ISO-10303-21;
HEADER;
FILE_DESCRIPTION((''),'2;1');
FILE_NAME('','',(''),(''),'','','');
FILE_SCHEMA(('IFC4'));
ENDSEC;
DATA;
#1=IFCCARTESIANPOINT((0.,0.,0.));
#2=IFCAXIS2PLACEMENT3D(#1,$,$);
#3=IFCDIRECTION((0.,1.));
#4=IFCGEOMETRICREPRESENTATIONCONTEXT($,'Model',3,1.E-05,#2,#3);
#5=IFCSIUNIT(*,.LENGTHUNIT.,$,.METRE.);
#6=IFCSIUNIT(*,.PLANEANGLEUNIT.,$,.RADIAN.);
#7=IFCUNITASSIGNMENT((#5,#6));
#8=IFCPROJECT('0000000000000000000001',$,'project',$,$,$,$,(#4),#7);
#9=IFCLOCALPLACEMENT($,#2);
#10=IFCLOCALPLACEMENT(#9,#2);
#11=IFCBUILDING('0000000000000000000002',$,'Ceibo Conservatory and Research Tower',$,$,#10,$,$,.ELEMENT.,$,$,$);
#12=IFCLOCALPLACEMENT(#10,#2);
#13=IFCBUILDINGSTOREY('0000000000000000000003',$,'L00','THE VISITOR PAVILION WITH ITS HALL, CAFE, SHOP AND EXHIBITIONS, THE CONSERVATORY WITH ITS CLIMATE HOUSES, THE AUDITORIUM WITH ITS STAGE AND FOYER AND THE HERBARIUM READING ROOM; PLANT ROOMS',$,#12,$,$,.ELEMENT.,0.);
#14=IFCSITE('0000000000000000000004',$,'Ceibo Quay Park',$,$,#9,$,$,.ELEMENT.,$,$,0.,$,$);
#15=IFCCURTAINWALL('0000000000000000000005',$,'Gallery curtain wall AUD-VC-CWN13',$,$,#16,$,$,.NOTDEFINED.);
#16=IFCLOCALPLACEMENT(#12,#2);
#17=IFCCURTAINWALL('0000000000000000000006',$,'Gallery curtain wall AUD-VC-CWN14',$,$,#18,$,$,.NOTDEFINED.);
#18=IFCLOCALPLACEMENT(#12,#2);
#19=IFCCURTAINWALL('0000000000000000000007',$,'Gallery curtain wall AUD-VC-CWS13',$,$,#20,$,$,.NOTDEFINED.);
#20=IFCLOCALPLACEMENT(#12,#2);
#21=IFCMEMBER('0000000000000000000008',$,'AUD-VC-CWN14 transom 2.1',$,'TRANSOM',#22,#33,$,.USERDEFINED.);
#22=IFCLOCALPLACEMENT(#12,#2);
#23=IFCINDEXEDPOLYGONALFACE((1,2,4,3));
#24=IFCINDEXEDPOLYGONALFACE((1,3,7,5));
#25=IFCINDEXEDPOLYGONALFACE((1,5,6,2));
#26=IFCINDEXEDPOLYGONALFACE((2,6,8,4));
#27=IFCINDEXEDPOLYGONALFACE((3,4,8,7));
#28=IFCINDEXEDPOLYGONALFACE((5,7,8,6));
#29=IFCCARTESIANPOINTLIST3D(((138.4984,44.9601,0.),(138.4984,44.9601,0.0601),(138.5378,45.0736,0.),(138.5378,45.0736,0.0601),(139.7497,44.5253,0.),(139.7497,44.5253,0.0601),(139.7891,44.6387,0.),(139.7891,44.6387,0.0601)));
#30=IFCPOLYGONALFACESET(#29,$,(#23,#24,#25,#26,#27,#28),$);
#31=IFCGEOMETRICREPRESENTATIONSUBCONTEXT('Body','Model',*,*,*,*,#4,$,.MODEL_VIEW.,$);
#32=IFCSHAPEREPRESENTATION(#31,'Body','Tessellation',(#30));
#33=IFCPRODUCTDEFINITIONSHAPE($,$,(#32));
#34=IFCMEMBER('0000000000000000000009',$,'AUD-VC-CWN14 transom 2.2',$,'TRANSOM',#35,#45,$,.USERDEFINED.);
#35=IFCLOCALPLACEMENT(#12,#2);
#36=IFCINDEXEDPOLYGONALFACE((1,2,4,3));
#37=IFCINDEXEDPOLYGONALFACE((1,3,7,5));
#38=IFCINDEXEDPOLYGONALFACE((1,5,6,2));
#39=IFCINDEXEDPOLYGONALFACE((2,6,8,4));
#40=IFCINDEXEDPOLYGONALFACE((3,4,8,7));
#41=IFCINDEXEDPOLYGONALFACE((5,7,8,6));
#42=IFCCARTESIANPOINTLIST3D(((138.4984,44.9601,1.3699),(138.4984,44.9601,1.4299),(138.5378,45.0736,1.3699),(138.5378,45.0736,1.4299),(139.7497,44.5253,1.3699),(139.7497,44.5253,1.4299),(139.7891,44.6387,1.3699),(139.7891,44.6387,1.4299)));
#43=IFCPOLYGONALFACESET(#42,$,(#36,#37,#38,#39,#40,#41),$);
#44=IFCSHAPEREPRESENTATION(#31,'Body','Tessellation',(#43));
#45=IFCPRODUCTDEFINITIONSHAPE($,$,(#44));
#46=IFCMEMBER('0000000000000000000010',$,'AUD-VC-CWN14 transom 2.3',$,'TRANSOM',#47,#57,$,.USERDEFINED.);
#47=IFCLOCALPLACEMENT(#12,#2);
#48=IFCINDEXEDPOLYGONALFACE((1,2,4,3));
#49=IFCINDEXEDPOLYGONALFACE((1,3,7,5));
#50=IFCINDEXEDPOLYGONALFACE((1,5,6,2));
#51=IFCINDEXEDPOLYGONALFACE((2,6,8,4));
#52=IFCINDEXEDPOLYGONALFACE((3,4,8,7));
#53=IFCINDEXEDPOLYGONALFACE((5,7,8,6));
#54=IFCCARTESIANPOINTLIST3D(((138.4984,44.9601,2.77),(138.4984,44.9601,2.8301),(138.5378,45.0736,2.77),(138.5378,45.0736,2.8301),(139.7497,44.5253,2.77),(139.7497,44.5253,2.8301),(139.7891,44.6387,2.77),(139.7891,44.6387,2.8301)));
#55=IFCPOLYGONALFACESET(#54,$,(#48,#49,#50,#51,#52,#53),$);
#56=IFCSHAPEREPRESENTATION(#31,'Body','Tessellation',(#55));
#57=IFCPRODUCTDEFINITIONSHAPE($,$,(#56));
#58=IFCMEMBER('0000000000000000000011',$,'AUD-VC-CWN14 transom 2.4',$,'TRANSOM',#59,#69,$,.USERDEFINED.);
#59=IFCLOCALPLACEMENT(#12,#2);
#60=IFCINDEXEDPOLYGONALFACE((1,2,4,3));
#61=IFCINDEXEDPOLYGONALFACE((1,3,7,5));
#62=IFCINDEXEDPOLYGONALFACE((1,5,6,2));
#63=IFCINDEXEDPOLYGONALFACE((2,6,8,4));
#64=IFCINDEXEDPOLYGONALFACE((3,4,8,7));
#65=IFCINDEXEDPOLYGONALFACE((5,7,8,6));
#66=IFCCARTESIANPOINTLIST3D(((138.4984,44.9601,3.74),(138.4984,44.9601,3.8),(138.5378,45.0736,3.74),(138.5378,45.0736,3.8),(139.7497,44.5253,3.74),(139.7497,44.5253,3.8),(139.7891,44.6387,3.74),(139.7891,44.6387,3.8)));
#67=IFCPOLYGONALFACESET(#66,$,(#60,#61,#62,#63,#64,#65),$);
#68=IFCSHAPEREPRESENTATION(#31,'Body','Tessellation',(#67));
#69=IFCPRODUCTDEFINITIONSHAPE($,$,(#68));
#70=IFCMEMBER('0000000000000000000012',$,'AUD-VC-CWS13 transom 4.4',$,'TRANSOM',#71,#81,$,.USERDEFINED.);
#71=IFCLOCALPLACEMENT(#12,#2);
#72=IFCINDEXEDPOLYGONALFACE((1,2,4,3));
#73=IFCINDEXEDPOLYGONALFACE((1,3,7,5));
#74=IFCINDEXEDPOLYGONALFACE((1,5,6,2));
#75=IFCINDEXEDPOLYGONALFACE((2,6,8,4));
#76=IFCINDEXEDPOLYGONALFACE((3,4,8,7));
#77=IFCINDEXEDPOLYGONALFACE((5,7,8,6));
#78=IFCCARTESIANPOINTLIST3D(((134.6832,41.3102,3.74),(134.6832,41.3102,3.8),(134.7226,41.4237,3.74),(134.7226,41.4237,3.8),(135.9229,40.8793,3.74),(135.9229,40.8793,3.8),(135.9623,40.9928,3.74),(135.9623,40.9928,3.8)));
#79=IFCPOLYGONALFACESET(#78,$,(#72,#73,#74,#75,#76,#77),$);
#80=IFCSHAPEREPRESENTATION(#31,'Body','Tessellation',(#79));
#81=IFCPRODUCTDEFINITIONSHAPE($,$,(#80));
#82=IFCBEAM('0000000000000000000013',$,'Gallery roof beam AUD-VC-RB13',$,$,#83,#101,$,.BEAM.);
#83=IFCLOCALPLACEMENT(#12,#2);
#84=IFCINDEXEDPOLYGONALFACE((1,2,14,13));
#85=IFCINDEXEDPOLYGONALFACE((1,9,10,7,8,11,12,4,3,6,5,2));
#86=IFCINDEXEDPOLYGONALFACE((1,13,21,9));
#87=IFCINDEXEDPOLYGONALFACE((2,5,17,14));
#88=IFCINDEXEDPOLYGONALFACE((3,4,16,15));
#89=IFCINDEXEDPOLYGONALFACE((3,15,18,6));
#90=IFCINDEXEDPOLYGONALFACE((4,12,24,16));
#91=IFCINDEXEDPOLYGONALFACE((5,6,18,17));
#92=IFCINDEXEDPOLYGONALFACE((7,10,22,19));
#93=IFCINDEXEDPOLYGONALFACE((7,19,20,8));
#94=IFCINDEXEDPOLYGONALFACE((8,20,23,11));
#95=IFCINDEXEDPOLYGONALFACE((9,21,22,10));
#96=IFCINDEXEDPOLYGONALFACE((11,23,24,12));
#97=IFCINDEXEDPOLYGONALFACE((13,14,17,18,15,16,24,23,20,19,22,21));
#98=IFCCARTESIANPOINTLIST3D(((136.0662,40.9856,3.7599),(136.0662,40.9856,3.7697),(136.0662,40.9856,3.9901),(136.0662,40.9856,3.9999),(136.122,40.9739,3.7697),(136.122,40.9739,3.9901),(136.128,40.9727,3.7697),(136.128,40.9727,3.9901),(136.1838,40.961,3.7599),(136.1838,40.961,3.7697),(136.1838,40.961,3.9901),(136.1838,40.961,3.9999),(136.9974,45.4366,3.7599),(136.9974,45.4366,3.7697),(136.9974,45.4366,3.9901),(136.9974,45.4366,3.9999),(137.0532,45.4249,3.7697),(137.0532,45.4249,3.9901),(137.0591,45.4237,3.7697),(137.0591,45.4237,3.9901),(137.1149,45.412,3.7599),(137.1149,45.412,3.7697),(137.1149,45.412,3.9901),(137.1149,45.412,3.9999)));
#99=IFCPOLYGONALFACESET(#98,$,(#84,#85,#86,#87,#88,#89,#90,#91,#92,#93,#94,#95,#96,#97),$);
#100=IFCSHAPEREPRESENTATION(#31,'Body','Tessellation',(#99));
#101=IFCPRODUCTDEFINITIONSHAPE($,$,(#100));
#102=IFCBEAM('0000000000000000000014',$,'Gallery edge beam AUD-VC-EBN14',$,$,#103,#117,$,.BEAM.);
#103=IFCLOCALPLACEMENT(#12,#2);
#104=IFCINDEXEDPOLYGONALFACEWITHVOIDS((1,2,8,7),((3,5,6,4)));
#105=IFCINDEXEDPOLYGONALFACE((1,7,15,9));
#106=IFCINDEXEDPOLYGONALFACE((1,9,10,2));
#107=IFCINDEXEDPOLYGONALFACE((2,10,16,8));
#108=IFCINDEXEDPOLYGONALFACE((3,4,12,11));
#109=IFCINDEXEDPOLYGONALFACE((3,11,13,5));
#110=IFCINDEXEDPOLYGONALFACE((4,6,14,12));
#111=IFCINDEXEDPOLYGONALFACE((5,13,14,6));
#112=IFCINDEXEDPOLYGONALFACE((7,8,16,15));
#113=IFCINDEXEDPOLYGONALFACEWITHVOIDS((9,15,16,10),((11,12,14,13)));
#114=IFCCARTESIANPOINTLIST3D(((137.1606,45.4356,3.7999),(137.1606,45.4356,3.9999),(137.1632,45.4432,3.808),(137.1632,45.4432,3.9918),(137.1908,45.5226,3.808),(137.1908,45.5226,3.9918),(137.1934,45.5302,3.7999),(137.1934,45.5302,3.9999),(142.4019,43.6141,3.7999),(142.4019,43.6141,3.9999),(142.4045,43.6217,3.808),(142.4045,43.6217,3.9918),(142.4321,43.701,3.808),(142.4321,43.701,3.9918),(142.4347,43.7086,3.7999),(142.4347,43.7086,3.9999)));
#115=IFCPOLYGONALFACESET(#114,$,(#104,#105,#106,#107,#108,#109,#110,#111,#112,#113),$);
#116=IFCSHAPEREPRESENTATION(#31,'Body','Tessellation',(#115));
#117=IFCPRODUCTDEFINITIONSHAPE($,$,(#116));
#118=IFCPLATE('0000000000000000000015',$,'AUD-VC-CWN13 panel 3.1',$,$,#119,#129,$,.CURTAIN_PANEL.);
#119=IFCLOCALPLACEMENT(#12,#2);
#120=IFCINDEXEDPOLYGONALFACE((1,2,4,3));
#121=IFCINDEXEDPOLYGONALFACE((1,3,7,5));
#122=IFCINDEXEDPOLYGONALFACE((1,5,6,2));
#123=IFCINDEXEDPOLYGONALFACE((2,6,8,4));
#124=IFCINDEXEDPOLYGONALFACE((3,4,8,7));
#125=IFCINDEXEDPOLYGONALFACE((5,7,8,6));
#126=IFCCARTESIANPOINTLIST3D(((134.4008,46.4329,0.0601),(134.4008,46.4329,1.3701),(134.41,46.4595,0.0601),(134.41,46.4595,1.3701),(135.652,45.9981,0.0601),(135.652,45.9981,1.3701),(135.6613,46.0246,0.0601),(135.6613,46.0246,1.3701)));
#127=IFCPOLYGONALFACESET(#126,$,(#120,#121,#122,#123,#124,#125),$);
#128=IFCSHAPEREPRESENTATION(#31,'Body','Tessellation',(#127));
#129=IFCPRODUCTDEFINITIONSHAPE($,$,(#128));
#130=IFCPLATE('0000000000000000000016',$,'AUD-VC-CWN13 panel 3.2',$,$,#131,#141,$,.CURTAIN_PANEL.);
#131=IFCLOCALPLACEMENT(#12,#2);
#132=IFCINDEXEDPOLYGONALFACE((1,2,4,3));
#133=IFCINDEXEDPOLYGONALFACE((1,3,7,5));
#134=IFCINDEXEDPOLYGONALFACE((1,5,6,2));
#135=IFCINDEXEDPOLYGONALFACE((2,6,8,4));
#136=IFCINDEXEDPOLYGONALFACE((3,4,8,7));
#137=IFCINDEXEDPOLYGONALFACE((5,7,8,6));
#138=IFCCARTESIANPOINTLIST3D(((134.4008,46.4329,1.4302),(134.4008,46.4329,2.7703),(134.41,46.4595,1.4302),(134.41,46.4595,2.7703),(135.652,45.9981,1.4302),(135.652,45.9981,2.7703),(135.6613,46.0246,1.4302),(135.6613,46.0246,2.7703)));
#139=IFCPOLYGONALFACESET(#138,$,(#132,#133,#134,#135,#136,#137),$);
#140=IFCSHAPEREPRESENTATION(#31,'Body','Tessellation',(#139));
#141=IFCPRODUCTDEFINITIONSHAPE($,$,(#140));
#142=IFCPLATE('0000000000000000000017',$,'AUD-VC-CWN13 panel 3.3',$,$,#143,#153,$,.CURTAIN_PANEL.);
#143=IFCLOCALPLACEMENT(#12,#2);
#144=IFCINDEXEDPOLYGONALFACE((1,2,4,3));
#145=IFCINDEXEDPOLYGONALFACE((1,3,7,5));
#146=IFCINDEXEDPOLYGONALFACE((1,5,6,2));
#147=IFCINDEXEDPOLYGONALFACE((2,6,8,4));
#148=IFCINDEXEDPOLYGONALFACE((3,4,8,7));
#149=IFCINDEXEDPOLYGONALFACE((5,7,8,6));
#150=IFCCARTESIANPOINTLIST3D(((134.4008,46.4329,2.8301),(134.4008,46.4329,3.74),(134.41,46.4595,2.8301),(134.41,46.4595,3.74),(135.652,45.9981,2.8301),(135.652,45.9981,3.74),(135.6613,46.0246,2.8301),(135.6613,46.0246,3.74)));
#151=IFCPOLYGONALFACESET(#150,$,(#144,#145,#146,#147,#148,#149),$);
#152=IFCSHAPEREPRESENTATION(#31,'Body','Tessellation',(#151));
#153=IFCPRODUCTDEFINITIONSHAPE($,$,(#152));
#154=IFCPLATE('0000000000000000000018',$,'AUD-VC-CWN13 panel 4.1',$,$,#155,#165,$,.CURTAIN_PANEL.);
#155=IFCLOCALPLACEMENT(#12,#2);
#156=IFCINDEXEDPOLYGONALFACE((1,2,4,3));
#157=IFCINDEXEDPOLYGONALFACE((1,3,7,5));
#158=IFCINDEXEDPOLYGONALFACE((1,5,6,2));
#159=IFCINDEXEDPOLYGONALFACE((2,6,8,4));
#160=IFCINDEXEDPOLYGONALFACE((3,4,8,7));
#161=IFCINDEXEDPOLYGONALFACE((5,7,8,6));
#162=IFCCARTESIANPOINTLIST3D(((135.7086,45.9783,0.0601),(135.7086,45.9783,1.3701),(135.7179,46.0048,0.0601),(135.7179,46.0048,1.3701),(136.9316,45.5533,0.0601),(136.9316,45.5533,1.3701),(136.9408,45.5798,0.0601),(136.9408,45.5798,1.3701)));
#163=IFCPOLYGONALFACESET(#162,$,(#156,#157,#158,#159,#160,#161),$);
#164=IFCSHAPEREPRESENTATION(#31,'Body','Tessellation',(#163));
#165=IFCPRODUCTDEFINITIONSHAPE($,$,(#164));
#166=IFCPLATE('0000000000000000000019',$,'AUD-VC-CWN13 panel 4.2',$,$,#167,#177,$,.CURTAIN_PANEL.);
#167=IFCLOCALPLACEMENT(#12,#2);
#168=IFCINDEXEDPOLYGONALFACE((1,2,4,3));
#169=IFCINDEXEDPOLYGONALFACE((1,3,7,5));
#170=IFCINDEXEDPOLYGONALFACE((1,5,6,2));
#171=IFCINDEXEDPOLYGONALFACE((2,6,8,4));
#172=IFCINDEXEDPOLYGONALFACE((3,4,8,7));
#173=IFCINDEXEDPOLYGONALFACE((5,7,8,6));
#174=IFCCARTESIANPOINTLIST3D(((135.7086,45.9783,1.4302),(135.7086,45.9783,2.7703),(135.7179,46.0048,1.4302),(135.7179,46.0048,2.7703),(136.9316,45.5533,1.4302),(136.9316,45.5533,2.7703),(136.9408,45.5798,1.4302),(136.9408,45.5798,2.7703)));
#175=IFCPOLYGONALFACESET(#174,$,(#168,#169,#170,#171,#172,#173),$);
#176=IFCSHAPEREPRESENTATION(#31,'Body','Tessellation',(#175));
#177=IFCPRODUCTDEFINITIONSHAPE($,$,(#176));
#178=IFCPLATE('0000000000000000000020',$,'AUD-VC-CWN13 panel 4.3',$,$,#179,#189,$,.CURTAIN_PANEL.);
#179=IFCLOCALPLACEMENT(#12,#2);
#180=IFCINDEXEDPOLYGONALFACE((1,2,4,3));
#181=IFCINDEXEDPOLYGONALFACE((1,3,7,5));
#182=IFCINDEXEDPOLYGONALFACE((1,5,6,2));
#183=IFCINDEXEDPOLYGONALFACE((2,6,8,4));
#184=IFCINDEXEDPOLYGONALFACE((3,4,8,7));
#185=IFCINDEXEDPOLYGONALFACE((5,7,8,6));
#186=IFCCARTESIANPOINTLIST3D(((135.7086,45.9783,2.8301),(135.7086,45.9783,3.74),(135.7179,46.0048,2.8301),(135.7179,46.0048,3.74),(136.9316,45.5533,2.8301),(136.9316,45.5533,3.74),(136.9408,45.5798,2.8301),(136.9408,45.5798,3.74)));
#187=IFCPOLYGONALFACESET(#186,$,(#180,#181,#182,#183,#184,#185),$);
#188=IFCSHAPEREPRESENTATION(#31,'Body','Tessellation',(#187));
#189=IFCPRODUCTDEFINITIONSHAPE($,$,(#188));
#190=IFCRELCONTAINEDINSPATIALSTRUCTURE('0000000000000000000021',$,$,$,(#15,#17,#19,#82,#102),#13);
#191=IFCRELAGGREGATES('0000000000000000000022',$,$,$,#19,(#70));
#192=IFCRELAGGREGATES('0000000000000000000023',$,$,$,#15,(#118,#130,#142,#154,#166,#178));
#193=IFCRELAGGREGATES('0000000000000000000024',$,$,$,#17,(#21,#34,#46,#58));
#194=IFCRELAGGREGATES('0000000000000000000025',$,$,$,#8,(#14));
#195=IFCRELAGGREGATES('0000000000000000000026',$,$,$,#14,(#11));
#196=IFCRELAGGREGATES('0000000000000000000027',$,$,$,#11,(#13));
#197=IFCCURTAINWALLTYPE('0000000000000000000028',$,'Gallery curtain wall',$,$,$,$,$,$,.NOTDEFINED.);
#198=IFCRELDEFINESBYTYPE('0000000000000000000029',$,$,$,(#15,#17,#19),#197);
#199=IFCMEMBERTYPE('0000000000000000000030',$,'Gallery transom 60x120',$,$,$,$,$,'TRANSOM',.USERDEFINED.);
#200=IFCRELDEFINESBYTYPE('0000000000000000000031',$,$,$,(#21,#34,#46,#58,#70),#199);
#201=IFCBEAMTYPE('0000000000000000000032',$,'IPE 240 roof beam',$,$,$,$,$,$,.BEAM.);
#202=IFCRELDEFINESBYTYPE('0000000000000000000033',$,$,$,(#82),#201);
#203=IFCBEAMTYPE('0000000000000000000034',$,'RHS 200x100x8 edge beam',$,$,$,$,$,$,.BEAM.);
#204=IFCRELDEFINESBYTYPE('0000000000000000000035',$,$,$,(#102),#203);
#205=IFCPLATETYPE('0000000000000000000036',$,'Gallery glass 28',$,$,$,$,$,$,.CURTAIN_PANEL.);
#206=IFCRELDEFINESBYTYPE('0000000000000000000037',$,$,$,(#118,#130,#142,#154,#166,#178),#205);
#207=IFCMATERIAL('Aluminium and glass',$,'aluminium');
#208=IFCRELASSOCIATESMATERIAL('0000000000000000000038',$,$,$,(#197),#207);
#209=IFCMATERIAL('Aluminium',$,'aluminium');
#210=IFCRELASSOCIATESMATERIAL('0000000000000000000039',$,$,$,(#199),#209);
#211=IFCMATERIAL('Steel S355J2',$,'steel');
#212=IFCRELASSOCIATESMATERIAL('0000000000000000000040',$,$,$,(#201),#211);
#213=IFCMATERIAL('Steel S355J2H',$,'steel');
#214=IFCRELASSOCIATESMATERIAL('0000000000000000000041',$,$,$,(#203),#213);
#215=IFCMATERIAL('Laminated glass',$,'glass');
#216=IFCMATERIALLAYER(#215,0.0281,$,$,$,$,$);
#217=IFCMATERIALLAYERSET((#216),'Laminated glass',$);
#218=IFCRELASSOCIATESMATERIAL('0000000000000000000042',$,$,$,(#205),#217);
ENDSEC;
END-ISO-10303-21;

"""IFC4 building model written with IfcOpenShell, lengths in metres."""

from ifc_helpers import new_model, si_unit, direction, frame, origin, origin_2d, place, context, subcontext, project, spatial, rectangle, hollow_rectangle, i_section, extrude, material, layer, layer_set, material_profile, profile_set, type_object, element, aggregate, save


model = new_model("IFC4")

# Units and contexts
model_context = context("Model", 3, precision=1e-05, world=origin(), true_north=direction((0.0, 1.0)))
body_context = subcontext(model_context, "Body", "Model", "MODEL_VIEW")
ifc_project = project(units=[si_unit("LENGTHUNIT", "METRE"), si_unit("PLANEANGLEUNIT", "RADIAN")], contexts=[model_context])

# Site, building, storey
site_placement = place(None, origin())
site = spatial("IfcSite", under=ifc_project, at=site_placement, Name="Ceibo Quay Park", CompositionType="ELEMENT", RefElevation=0.0)
building_placement = place(site_placement, origin())
building = spatial("IfcBuilding", under=site, at=building_placement, Name="Ceibo Conservatory and Research Tower", CompositionType="ELEMENT")
storey_placement = place(building_placement, origin())
storey = spatial("IfcBuildingStorey", under=building, at=storey_placement, Name="L00", Description="THE VISITOR PAVILION WITH ITS HALL, CAFE, SHOP AND EXHIBITIONS, THE CONSERVATORY WITH ITS CLIMATE HOUSES, THE AUDITORIUM WITH ITS STAGE AND FOYER AND THE HERBARIUM READING ROOM; PLANT ROOMS", CompositionType="ELEMENT", Elevation=0.0)

# Shared definitions
ifc_material_1 = material(Name="Steel S355J2H", Category="steel")

# Curtain walls
ifc_material_2 = material(Name="Aluminium and glass", Category="aluminium")
curtain_wall_type = type_object("IfcCurtainWallType", Name="Gallery curtain wall", PredefinedType="NOTDEFINED", material=ifc_material_2)
curtain_wall_1_placement = place(storey_placement, origin())
curtain_wall_1 = element("IfcCurtainWall", 1, at=curtain_wall_1_placement, inside=storey, type_object=curtain_wall_type, Name="Gallery curtain wall AUD-VC-CWN13", PredefinedType="NOTDEFINED")
ifc_material_3 = material(Name="Aluminium", Category="aluminium")
curtain_wall_2_placement = place(storey_placement, origin())
curtain_wall_2 = element("IfcCurtainWall", 2, at=curtain_wall_2_placement, inside=storey, type_object=curtain_wall_type, Name="Gallery curtain wall AUD-VC-CWN14", PredefinedType="NOTDEFINED")

# Curtain wall
curtain_wall_3_placement = place(storey_placement, origin())
curtain_wall_3 = element("IfcCurtainWall", 3, at=curtain_wall_3_placement, inside=storey, type_object=curtain_wall_type, Name="Gallery curtain wall AUD-VC-CWS13", PredefinedType="NOTDEFINED")

# Members
ifc_material_profile_1 = material_profile(ifc_material_3, rectangle(XDim=0.1201, YDim=0.0601, at=origin_2d()), Name="AL 60x120")
ifc_profile_set_1 = profile_set([ifc_material_profile_1], Name="Aluminium")
member_type_1 = type_object("IfcMemberType", Name="Gallery transom 60x120", ElementType="TRANSOM", PredefinedType="USERDEFINED", material=ifc_profile_set_1)
member_1_placement = place(storey_placement, frame((138.5181, 45.0168, 0.03), z_axis=(0.944589, -0.328256, 0.0), x_axis=(0.328256, 0.944589, 0.0)))
member_1 = element("IfcMember", 4, at=member_1_placement, type_object=member_type_1, Name="AUD-VC-CWN14 transom 2.1", ObjectType="TRANSOM", PredefinedType="USERDEFINED", context=body_context, shape_type="SweptSolid", body=[
    extrude(rectangle(XDim=0.1201, YDim=0.0601, at=origin_2d()), origin(), (0.0, 0.0, 1.0), 1.3247),
])
member_2_placement = place(storey_placement, frame((138.5181, 45.0168, 1.3999), z_axis=(0.944589, -0.328256, 0.0), x_axis=(0.328256, 0.944589, 0.0)))
member_2 = element("IfcMember", 5, at=member_2_placement, type_object=member_type_1, Name="AUD-VC-CWN14 transom 2.2", ObjectType="TRANSOM", PredefinedType="USERDEFINED", context=body_context, shape_type="SweptSolid", body=[
    extrude(rectangle(XDim=0.1201, YDim=0.0601, at=origin_2d()), origin(), (0.0, 0.0, 1.0), 1.3247),
])
member_3_placement = place(storey_placement, frame((138.5181, 45.0168, 2.8), z_axis=(0.944589, -0.328256, 0.0), x_axis=(0.328256, 0.944589, 0.0)))
member_3 = element("IfcMember", 6, at=member_3_placement, type_object=member_type_1, Name="AUD-VC-CWN14 transom 2.3", ObjectType="TRANSOM", PredefinedType="USERDEFINED", context=body_context, shape_type="SweptSolid", body=[
    extrude(rectangle(XDim=0.1201, YDim=0.0601, at=origin_2d()), origin(), (0.0, 0.0, 1.0), 1.3247),
])
member_4_placement = place(storey_placement, frame((138.5181, 45.0168, 3.77), z_axis=(0.944589, -0.328256, 0.0), x_axis=(0.328256, 0.944589, 0.0)))
member_4 = element("IfcMember", 7, at=member_4_placement, type_object=member_type_1, Name="AUD-VC-CWN14 transom 2.4", ObjectType="TRANSOM", PredefinedType="USERDEFINED", context=body_context, shape_type="SweptSolid", body=[
    extrude(rectangle(XDim=0.1201, YDim=0.0601, at=origin_2d()), origin(), (0.0, 0.0, 1.0), 1.3247),
])
member_5_placement = place(storey_placement, frame((134.7029, 41.3669, 3.77), z_axis=(0.94457, -0.328311, 0.0), x_axis=(0.328311, 0.94457, 0.0)))
member_5 = element("IfcMember", 8, at=member_5_placement, type_object=member_type_1, Name="AUD-VC-CWS13 transom 4.4", ObjectType="TRANSOM", PredefinedType="USERDEFINED", context=body_context, shape_type="SweptSolid", body=[
    extrude(rectangle(XDim=0.1201, YDim=0.0601, at=origin_2d()), origin(), (0.0, 0.0, 1.0), 1.3125),
])
aggregate(curtain_wall_3, [member_5])

# Beams
ifc_material_4 = material(Name="Steel S355J2", Category="steel")
ifc_material_profile_2 = material_profile(ifc_material_4, i_section(OverallWidth=0.1201, OverallDepth=0.24, WebThickness=0.0061, FlangeThickness=0.0098, at=origin_2d()), Name="IPE 240")
ifc_profile_set_2 = profile_set([ifc_material_profile_2], Name="Steel S355J2")
beam_type_1 = type_object("IfcBeamType", Name="IPE 240 roof beam", PredefinedType="BEAM", material=ifc_profile_set_2)
beam_1_placement = place(storey_placement, frame((137.0562, 45.4243, 3.8799), z_axis=(-0.204771, -0.97881, 0.0), x_axis=(0.97881, -0.204771, 0.0)))
element("IfcBeam", 9, at=beam_1_placement, inside=storey, type_object=beam_type_1, Name="Gallery roof beam AUD-VC-RB13", PredefinedType="BEAM", context=body_context, shape_type="SweptSolid", body=[
    extrude(i_section(OverallWidth=0.1201, OverallDepth=0.24, WebThickness=0.0061, FlangeThickness=0.0098, at=origin_2d()), origin(), (0.0, 0.0, 1.0), 4.5474),
])
ifc_material_profile_3 = material_profile(ifc_material_1, hollow_rectangle(XDim=0.1001, YDim=0.2, WallThickness=0.0081, at=origin_2d()), Name="RHS 200x100x8 edge beam")
ifc_profile_set_3 = profile_set([ifc_material_profile_3], Name="Steel S355J2H")
beam_type_2 = type_object("IfcBeamType", Name="RHS 200x100x8 edge beam", PredefinedType="BEAM", material=ifc_profile_set_3)
beam_2_placement = place(storey_placement, frame((137.177, 45.4829, 3.8999), z_axis=(0.94458, -0.32828, 0.0), x_axis=(0.32828, 0.94458, 0.0)))
element("IfcBeam", 10, at=beam_2_placement, inside=storey, type_object=beam_type_2, Name="Gallery edge beam AUD-VC-EBN14", PredefinedType="BEAM", context=body_context, shape_type="SweptSolid", body=[
    extrude(hollow_rectangle(XDim=0.1001, YDim=0.2, WallThickness=0.0081, at=origin_2d()), origin(), (0.0, 0.0, 1.0), 5.5488),
])

# Plates
ifc_material_5 = material(Name="Laminated glass", Category="glass")
ifc_layer = layer(ifc_material_5, 0.0281)
ifc_layer_set = layer_set([ifc_layer], Name="Laminated glass")
plate_type = type_object("IfcPlateType", Name="Gallery glass 28", PredefinedType="CURTAIN_PANEL", material=ifc_layer_set)
plate_1_placement = place(storey_placement, frame((135.031, 46.2288, 0.0601), z_axis=(0.0, 0.0, 1.0), x_axis=(0.944579, -0.328284, 0.0)))
plate_1 = element("IfcPlate", 11, at=plate_1_placement, type_object=plate_type, Name="AUD-VC-CWN13 panel 3.1", PredefinedType="CURTAIN_PANEL", context=body_context, shape_type="SweptSolid", body=[
    extrude(rectangle(XDim=1.3247, YDim=0.0281, at=origin_2d()), origin(), (0.0, 0.0, 1.0), 1.3101),
])
plate_2_placement = place(storey_placement, frame((135.031, 46.2288, 1.4302), z_axis=(0.0, 0.0, 1.0), x_axis=(0.944579, -0.328284, 0.0)))
plate_2 = element("IfcPlate", 12, at=plate_2_placement, type_object=plate_type, Name="AUD-VC-CWN13 panel 3.2", PredefinedType="CURTAIN_PANEL", context=body_context, shape_type="SweptSolid", body=[
    extrude(rectangle(XDim=1.3247, YDim=0.0281, at=origin_2d()), origin(), (0.0, 0.0, 1.0), 1.3401),
])
plate_3_placement = place(storey_placement, frame((135.031, 46.2288, 2.8301), z_axis=(0.0, 0.0, 1.0), x_axis=(0.944579, -0.328284, 0.0)))
plate_3 = element("IfcPlate", 13, at=plate_3_placement, type_object=plate_type, Name="AUD-VC-CWN13 panel 3.3", PredefinedType="CURTAIN_PANEL", context=body_context, shape_type="SweptSolid", body=[
    extrude(rectangle(XDim=1.3247, YDim=0.0281, at=origin_2d()), origin(), (0.0, 0.0, 1.0), 0.9099),
])
plate_4_placement = place(storey_placement, frame((136.3247, 45.7791, 0.0601), z_axis=(0.0, 0.0, 1.0), x_axis=(0.944579, -0.328284, 0.0)))
plate_4 = element("IfcPlate", 14, at=plate_4_placement, type_object=plate_type, Name="AUD-VC-CWN13 panel 4.1", PredefinedType="CURTAIN_PANEL", context=body_context, shape_type="SweptSolid", body=[
    extrude(rectangle(XDim=1.2947, YDim=0.0281, at=origin_2d()), origin(), (0.0, 0.0, 1.0), 1.3101),
])
plate_5_placement = place(storey_placement, frame((136.3247, 45.7791, 1.4302), z_axis=(0.0, 0.0, 1.0), x_axis=(0.944579, -0.328284, 0.0)))
plate_5 = element("IfcPlate", 15, at=plate_5_placement, type_object=plate_type, Name="AUD-VC-CWN13 panel 4.2", PredefinedType="CURTAIN_PANEL", context=body_context, shape_type="SweptSolid", body=[
    extrude(rectangle(XDim=1.2947, YDim=0.0281, at=origin_2d()), origin(), (0.0, 0.0, 1.0), 1.3401),
])
plate_6_placement = place(storey_placement, frame((136.3247, 45.7791, 2.8301), z_axis=(0.0, 0.0, 1.0), x_axis=(0.944579, -0.328284, 0.0)))
plate_6 = element("IfcPlate", 16, at=plate_6_placement, type_object=plate_type, Name="AUD-VC-CWN13 panel 4.3", PredefinedType="CURTAIN_PANEL", context=body_context, shape_type="SweptSolid", body=[
    extrude(rectangle(XDim=1.2947, YDim=0.0281, at=origin_2d()), origin(), (0.0, 0.0, 1.0), 0.9099),
])
aggregate(curtain_wall_1, [plate_1, plate_2, plate_3, plate_4, plate_5, plate_6])
aggregate(curtain_wall_2, [member_1, member_2, member_3, member_4])

save(model, "model.ifc")
